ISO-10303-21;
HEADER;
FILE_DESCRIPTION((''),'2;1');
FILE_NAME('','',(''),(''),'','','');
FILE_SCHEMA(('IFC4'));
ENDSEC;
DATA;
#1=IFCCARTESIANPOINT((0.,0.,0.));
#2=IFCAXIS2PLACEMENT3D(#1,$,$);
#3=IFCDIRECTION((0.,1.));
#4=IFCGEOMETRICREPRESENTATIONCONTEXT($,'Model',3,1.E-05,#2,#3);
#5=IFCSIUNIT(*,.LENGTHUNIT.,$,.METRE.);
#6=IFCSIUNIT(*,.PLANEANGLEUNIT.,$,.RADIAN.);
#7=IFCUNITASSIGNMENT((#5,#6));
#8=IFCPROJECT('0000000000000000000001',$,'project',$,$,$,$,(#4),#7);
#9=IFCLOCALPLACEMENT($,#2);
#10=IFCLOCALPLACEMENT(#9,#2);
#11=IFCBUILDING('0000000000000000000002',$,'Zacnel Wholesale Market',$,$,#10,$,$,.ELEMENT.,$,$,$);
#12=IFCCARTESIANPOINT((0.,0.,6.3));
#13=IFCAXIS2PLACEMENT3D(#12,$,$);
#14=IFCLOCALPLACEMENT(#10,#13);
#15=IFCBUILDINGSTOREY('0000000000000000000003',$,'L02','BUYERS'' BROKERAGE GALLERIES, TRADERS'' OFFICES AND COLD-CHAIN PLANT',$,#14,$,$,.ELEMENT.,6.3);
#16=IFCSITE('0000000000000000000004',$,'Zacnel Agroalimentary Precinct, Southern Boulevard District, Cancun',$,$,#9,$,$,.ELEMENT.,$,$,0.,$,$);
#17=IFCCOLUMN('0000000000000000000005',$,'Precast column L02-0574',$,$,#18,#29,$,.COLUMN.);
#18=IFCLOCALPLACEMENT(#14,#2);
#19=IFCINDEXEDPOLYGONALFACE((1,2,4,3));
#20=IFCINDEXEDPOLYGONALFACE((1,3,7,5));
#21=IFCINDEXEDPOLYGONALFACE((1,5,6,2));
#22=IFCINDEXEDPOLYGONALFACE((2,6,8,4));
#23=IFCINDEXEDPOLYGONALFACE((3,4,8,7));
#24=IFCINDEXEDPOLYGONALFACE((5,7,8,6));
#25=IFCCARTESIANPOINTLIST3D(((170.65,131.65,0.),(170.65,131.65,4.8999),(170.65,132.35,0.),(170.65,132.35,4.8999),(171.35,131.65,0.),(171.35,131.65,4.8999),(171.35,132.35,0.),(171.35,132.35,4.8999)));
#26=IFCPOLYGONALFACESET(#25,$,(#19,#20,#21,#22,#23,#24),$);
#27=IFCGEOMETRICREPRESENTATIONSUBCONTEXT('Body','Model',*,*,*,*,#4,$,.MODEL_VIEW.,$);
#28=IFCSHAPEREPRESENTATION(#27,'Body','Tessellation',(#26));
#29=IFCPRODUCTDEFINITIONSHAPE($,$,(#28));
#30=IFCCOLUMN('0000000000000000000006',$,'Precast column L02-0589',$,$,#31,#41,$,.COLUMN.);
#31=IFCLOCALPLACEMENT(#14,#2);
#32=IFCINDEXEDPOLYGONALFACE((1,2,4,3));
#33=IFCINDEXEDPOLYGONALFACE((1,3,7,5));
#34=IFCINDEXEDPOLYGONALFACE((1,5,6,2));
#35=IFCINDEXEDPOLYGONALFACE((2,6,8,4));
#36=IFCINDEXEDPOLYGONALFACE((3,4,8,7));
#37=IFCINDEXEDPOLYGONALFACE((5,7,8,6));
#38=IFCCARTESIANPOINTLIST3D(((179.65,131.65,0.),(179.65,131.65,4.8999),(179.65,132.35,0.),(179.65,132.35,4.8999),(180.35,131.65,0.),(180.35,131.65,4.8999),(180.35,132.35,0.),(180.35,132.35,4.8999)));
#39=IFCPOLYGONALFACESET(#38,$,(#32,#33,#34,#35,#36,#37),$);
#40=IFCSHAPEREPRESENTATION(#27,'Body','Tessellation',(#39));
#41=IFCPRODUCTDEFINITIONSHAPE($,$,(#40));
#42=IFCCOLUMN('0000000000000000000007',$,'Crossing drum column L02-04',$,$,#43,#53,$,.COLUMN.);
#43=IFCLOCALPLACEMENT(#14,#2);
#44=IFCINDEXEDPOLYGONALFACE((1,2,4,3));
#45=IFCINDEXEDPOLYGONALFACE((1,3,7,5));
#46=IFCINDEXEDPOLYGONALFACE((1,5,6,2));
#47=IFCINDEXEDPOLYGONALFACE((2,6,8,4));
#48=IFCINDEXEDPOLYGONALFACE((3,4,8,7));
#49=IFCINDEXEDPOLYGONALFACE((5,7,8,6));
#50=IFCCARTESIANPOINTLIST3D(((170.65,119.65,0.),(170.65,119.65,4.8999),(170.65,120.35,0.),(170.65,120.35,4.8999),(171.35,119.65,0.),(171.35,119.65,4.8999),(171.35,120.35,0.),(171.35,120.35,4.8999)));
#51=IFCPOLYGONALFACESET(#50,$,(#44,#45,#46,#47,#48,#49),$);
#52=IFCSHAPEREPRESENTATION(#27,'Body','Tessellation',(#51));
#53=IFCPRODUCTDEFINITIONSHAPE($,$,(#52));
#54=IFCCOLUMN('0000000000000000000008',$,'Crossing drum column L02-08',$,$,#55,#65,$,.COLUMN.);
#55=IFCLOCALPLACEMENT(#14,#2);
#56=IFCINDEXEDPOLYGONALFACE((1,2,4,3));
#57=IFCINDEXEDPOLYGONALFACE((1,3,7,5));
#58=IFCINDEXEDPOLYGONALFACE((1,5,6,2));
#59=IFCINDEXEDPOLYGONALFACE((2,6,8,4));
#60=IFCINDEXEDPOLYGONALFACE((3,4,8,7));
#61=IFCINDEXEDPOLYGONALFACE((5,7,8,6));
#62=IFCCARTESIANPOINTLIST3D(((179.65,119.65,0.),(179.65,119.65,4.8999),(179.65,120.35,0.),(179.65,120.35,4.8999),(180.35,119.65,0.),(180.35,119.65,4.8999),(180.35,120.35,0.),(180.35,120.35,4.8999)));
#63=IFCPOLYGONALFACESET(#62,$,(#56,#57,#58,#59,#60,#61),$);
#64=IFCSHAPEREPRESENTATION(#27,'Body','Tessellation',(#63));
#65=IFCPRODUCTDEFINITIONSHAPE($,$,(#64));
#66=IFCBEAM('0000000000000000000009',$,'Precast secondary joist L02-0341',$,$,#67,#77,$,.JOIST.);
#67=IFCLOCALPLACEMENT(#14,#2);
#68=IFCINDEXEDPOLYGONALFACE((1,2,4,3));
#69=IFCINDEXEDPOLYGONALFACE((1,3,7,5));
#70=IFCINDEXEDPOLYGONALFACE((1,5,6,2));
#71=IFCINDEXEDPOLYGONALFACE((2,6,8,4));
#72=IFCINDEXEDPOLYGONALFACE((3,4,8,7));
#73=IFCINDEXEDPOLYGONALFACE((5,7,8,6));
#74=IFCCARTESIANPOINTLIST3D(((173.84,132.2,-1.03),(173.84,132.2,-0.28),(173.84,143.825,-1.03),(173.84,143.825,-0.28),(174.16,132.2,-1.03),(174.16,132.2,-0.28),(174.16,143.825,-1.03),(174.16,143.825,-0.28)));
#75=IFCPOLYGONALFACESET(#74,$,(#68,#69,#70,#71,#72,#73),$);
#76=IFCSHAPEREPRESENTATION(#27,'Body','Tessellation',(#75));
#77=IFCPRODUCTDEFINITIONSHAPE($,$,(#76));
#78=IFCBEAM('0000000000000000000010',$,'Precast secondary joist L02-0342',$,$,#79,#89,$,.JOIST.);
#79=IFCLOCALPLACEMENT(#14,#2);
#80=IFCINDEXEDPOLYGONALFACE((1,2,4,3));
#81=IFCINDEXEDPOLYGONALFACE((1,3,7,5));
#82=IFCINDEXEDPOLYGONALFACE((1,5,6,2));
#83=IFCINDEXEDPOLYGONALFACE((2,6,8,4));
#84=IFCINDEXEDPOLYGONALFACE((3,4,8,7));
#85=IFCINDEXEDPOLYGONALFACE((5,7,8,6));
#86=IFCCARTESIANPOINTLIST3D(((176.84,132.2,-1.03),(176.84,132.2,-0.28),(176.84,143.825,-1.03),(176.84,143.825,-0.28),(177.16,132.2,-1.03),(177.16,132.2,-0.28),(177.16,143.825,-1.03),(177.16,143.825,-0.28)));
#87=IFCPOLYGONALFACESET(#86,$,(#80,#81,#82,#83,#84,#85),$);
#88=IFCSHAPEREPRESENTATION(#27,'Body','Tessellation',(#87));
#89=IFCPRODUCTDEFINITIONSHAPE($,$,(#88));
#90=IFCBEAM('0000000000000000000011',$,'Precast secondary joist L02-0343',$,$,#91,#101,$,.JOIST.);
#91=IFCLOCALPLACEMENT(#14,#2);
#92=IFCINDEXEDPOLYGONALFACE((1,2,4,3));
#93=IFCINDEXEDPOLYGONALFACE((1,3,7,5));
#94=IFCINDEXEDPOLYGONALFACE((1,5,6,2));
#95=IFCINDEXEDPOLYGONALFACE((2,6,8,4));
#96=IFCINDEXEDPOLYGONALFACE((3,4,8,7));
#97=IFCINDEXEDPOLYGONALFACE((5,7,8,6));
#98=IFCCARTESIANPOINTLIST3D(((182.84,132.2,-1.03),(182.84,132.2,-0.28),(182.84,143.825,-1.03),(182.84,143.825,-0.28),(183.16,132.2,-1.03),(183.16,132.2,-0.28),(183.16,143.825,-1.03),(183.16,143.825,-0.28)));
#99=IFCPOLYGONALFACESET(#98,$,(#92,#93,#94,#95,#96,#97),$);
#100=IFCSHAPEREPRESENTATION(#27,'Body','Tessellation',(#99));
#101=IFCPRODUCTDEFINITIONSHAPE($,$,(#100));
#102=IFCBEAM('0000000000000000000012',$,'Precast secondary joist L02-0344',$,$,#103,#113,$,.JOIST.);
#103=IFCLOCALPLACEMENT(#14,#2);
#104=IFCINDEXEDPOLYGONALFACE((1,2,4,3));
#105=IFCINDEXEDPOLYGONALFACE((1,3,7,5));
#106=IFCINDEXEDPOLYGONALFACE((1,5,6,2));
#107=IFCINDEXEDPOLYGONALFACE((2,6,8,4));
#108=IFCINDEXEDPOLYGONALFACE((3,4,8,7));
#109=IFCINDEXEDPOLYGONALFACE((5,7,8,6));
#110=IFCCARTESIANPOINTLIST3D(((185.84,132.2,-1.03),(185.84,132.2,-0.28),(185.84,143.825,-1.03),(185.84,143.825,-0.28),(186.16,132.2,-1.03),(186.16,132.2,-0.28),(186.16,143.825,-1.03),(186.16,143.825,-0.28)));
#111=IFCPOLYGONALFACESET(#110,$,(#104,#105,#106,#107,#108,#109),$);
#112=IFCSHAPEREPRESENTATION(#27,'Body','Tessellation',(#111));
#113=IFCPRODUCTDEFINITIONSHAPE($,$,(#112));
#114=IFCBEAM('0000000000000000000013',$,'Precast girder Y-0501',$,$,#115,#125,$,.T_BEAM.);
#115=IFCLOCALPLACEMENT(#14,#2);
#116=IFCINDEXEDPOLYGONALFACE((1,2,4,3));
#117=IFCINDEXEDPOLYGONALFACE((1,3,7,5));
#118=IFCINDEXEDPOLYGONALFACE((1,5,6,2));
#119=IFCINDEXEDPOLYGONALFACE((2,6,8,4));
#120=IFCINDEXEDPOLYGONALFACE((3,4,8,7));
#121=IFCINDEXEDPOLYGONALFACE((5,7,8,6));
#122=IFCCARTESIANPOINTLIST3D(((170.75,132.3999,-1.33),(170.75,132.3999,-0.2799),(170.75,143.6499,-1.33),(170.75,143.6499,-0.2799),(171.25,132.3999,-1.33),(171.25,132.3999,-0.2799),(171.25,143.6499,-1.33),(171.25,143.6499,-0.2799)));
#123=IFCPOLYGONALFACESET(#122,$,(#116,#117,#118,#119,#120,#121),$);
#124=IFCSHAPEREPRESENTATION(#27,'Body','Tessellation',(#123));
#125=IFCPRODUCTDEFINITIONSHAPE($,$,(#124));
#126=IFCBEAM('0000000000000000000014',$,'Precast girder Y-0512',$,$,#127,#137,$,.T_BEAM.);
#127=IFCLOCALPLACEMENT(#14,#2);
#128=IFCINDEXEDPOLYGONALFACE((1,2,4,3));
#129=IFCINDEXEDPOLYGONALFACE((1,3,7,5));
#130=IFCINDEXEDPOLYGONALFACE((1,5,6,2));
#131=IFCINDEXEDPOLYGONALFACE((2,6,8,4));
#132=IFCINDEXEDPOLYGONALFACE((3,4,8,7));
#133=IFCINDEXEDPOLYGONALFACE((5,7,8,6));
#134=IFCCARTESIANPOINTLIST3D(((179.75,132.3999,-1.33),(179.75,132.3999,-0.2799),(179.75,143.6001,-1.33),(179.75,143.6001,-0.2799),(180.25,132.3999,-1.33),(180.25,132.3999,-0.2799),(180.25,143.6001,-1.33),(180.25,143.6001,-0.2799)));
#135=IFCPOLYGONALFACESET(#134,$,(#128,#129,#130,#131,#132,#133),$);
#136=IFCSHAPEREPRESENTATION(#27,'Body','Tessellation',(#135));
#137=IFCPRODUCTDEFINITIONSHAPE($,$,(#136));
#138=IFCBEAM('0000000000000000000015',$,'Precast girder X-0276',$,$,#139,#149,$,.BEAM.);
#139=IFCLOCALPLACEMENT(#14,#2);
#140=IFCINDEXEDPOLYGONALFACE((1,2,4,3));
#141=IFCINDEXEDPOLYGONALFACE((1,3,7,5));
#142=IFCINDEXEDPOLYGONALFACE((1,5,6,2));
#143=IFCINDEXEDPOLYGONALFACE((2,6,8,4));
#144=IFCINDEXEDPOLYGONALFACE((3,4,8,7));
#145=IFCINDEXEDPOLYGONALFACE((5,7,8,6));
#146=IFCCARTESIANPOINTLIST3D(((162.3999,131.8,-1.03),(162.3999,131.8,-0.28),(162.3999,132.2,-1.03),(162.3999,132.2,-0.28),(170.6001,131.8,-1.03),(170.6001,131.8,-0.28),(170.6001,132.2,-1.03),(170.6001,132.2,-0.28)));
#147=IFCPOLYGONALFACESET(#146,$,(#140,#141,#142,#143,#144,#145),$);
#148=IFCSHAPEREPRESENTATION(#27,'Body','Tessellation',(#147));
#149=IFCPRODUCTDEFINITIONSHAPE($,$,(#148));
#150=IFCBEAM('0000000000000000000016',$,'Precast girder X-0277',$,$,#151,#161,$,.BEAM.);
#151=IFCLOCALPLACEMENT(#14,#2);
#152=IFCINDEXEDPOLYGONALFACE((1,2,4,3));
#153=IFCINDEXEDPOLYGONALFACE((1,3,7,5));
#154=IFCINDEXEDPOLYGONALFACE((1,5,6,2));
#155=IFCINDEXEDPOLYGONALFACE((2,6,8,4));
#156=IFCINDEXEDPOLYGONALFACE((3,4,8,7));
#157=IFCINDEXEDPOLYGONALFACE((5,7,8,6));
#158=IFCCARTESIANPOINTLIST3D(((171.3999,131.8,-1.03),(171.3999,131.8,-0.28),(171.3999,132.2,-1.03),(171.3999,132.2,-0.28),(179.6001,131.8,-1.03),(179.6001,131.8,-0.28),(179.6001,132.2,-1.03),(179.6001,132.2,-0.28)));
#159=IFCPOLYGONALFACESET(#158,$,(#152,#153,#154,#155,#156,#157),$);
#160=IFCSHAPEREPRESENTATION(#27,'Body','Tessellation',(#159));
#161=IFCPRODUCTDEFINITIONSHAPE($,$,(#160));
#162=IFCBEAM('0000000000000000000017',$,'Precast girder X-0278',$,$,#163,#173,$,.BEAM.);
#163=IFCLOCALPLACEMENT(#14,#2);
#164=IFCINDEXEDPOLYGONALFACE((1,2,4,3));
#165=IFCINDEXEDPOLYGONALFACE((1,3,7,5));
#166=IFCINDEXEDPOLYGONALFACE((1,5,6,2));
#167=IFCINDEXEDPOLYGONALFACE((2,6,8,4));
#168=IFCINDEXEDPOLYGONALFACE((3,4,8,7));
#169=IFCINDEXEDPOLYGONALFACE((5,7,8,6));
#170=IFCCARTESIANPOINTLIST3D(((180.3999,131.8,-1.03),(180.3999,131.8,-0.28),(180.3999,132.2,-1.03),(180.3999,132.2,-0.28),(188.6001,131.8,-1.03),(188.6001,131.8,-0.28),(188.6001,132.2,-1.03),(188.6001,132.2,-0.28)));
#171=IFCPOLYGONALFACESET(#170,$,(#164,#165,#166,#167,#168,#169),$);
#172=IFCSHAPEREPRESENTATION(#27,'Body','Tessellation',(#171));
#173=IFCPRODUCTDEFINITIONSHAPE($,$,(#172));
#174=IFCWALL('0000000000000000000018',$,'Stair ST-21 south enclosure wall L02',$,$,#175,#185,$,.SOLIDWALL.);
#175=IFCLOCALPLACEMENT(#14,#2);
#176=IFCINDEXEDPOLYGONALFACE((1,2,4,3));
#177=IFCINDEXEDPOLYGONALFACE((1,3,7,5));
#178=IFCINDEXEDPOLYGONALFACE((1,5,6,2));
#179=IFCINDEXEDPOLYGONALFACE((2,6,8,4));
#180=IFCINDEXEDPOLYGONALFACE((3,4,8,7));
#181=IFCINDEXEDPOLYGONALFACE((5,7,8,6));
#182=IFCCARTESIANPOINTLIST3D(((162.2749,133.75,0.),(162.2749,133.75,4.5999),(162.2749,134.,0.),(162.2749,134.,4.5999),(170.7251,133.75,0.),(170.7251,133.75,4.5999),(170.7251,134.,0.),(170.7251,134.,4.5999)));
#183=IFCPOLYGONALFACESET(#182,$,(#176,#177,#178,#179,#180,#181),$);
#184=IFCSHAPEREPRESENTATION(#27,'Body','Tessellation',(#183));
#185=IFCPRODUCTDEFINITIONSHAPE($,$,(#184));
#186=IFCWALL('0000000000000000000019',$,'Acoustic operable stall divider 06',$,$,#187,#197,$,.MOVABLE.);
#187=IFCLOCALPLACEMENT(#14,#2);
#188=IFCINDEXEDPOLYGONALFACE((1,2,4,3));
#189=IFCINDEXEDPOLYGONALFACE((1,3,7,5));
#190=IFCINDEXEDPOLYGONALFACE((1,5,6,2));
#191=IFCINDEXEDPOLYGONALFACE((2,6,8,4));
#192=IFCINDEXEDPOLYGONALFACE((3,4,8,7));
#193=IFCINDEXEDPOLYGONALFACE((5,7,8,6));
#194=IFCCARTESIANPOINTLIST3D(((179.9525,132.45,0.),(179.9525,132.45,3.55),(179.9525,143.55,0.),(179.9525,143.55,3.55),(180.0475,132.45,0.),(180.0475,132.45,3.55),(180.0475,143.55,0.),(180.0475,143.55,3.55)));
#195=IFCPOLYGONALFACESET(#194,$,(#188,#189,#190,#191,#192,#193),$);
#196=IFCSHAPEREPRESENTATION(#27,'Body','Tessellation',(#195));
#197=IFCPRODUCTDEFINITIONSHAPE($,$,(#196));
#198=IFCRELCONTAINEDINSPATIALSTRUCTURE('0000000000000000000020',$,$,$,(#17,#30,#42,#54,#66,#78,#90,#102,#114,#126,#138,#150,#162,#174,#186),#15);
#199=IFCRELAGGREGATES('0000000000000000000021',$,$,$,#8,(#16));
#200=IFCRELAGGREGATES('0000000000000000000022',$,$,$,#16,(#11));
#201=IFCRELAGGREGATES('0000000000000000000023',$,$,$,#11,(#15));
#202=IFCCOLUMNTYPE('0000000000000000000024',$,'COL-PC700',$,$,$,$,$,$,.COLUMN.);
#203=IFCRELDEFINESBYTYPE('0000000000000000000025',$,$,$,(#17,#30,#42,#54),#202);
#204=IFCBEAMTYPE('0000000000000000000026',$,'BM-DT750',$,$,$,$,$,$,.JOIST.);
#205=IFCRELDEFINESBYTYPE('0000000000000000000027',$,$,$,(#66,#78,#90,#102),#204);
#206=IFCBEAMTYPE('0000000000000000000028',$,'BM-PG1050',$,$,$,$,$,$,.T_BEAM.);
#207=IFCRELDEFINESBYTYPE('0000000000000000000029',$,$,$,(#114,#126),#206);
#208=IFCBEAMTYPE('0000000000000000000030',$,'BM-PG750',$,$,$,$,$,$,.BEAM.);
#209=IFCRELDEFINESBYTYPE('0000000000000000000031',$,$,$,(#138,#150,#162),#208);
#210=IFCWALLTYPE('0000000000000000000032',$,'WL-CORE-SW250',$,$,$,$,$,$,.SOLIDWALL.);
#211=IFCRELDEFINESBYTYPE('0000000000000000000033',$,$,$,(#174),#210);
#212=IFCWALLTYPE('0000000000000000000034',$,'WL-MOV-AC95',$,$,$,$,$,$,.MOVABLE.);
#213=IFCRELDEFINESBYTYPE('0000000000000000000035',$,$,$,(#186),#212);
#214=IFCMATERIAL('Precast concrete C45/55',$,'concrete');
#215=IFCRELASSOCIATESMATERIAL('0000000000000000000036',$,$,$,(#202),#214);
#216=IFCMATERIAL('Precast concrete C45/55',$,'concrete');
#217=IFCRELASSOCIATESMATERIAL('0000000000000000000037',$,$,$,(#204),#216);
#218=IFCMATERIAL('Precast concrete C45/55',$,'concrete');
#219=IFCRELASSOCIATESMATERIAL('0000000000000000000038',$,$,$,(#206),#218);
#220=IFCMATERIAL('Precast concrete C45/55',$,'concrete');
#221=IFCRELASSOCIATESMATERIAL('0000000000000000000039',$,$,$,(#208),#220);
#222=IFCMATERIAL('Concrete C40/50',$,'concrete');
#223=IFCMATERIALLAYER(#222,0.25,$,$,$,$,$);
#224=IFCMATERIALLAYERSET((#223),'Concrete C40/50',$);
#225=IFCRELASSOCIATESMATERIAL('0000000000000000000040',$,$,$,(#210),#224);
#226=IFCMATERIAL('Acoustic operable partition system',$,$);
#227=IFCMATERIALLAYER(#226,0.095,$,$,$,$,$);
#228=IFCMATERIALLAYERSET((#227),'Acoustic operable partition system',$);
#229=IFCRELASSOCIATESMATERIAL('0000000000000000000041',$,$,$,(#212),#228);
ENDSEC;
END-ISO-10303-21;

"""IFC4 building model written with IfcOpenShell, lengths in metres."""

from ifc_helpers import new_model, si_unit, direction, frame, frame_2d, origin, origin_2d, place, context, subcontext, project, spatial, rectangle, extrude, material, layer, layer_set, material_profile, profile_set, type_object, element, save


model = new_model("IFC4")

# Units and contexts
model_context = context("Model", 3, precision=1e-05, world=origin(), true_north=direction((0.0, 1.0)))
body_context = subcontext(model_context, "Body", "Model", "MODEL_VIEW")
ifc_project = project(units=[si_unit("LENGTHUNIT", "METRE"), si_unit("PLANEANGLEUNIT", "RADIAN")], contexts=[model_context])

# Site, building, storey
site_placement = place(None, origin())
site = spatial("IfcSite", under=ifc_project, at=site_placement, Name="Zacnel Agroalimentary Precinct, Southern Boulevard District, Cancun", CompositionType="ELEMENT", RefElevation=0.0)
building_placement = place(site_placement, origin())
building = spatial("IfcBuilding", under=site, at=building_placement, Name="Zacnel Wholesale Market", CompositionType="ELEMENT")
storey_placement = place(building_placement, frame((0.0, 0.0, 6.3)))
storey = spatial("IfcBuildingStorey", under=building, at=storey_placement, Name="L02", Description="BUYERS' BROKERAGE GALLERIES, TRADERS' OFFICES AND COLD-CHAIN PLANT", CompositionType="ELEMENT", Elevation=6.3)

# Columns
ifc_material_1 = material(Name="Precast concrete C45/55", Category="concrete")
ifc_material_profile_1 = material_profile(ifc_material_1, rectangle(XDim=0.7, YDim=0.7, at=origin_2d()), Name="PC 700x700")
ifc_profile_set_1 = profile_set([ifc_material_profile_1], Name="Precast concrete C45/55")
column_type = type_object("IfcColumnType", Name="COL-PC700", PredefinedType="COLUMN", material=ifc_profile_set_1)
for number, where, z_axis, x_axis, name in (
    (1, (171.0, 132.0, 0.0), (0.0, 0.0, 1.0), (1.0, 0.0, 0.0), "Precast column L02-0574"),
    (2, (180.0, 132.0, 0.0), (0.0, 0.0, 1.0), (1.0, 0.0, 0.0), "Precast column L02-0589"),
    (3, (171.0, 120.0, 0.0), (0.0, 0.0, 1.0), (1.0, 0.0, 0.0), "Crossing drum column L02-04"),
    (4, (180.0, 120.0, 0.0), (0.0, 0.0, 1.0), (1.0, 0.0, 0.0), "Crossing drum column L02-08"),
):
    element("IfcColumn", number, at=place(storey_placement, frame(where, z_axis=z_axis, x_axis=x_axis)), inside=storey, type_object=column_type, Name=name, PredefinedType="COLUMN", context=body_context, shape_type="SweptSolid", body=[
        extrude(rectangle(XDim=0.7, YDim=0.7, at=origin_2d()), origin(), (0.0, 0.0, 1.0), 4.8999),
    ])

# Beams
ifc_material_2 = material(Name="Precast concrete C45/55", Category="concrete")
ifc_material_profile_2 = material_profile(ifc_material_2, rectangle(XDim=0.3201, YDim=0.75, at=origin_2d()), Name="DT RIB 320x750")
ifc_profile_set_2 = profile_set([ifc_material_profile_2], Name="Precast concrete C45/55")
beam_type_1 = type_object("IfcBeamType", Name="BM-DT750", PredefinedType="JOIST", material=ifc_profile_set_2)
for number, where, z_axis, x_axis, name in (
    (5, (174.0, 132.2, -0.655), (0.0, 1.0, 0.0), (-1.0, 0.0, 0.0), "Precast secondary joist L02-0341"),
    (6, (177.0, 132.2, -0.655), (0.0, 1.0, 0.0), (-1.0, 0.0, 0.0), "Precast secondary joist L02-0342"),
    (7, (183.0, 132.2, -0.655), (0.0, 1.0, 0.0), (-1.0, 0.0, 0.0), "Precast secondary joist L02-0343"),
    (8, (186.0, 132.2, -0.655), (0.0, 1.0, 0.0), (-1.0, 0.0, 0.0), "Precast secondary joist L02-0344"),
):
    element("IfcBeam", number, at=place(storey_placement, frame(where, z_axis=z_axis, x_axis=x_axis)), inside=storey, type_object=beam_type_1, Name=name, PredefinedType="JOIST", context=body_context, shape_type="SweptSolid", body=[
        extrude(rectangle(XDim=0.3201, YDim=0.75, at=origin_2d()), origin(), (0.0, 0.0, 1.0), 11.625),
    ])
ifc_material_3 = material(Name="Precast concrete C45/55", Category="concrete")
ifc_material_profile_3 = material_profile(ifc_material_3, rectangle(XDim=0.5, YDim=1.05, at=origin_2d()), Name="PG 500x1050")
ifc_profile_set_3 = profile_set([ifc_material_profile_3], Name="Precast concrete C45/55")
beam_type_2 = type_object("IfcBeamType", Name="BM-PG1050", PredefinedType="T_BEAM", material=ifc_profile_set_3)
beam_1_placement = place(storey_placement, frame((171.0, 132.3999, -0.8049), z_axis=(0.0, 1.0, 0.0), x_axis=(-1.0, 0.0, 0.0)))
element("IfcBeam", 9, at=beam_1_placement, inside=storey, type_object=beam_type_2, Name="Precast girder Y-0501", PredefinedType="T_BEAM", context=body_context, shape_type="SweptSolid", body=[
    extrude(rectangle(XDim=0.5, YDim=1.05, at=origin_2d()), origin(), (0.0, 0.0, 1.0), 11.25),
])
beam_2_placement = place(storey_placement, frame((180.0, 132.3999, -0.8049), z_axis=(0.0, 1.0, 0.0), x_axis=(-1.0, 0.0, 0.0)))
element("IfcBeam", 10, at=beam_2_placement, inside=storey, type_object=beam_type_2, Name="Precast girder Y-0512", PredefinedType="T_BEAM", context=body_context, shape_type="SweptSolid", body=[
    extrude(rectangle(XDim=0.5, YDim=1.05, at=origin_2d()), origin(), (0.0, 0.0, 1.0), 11.2002),
])
ifc_material_4 = material(Name="Precast concrete C45/55", Category="concrete")
ifc_material_profile_4 = material_profile(ifc_material_4, rectangle(XDim=0.3999, YDim=0.75, at=origin_2d()), Name="PG 400x750")
ifc_profile_set_4 = profile_set([ifc_material_profile_4], Name="Precast concrete C45/55")
beam_type_3 = type_object("IfcBeamType", Name="BM-PG750", PredefinedType="BEAM", material=ifc_profile_set_4)
for number, where, z_axis, x_axis, name in (
    (11, (162.3999, 132.0, -0.655), (1.0, 0.0, 0.0), (0.0, 1.0, 0.0), "Precast girder X-0276"),
    (12, (171.3999, 132.0, -0.655), (1.0, 0.0, 0.0), (0.0, 1.0, 0.0), "Precast girder X-0277"),
    (13, (180.3999, 132.0, -0.655), (1.0, 0.0, 0.0), (0.0, 1.0, 0.0), "Precast girder X-0278"),
):
    element("IfcBeam", number, at=place(storey_placement, frame(where, z_axis=z_axis, x_axis=x_axis)), inside=storey, type_object=beam_type_3, Name=name, PredefinedType="BEAM", context=body_context, shape_type="SweptSolid", body=[
        extrude(rectangle(XDim=0.3999, YDim=0.75, at=origin_2d()), origin(), (0.0, 0.0, 1.0), 8.2002),
    ])

# Walls
ifc_material_5 = material(Name="Concrete C40/50", Category="concrete")
ifc_layer_1 = layer(ifc_material_5, 0.25)
ifc_layer_set_1 = layer_set([ifc_layer_1], Name="Concrete C40/50")
wall_type_1 = type_object("IfcWallType", Name="WL-CORE-SW250", PredefinedType="SOLIDWALL", material=ifc_layer_set_1)
wall_1_placement = place(storey_placement, frame((162.2749, 133.875, 0.0), z_axis=(0.0, 0.0, 1.0), x_axis=(1.0, 0.0, 0.0)))
element("IfcWall", 14, at=wall_1_placement, inside=storey, type_object=wall_type_1, Name="Stair ST-21 south enclosure wall L02", PredefinedType="SOLIDWALL", context=body_context, shape_type="SweptSolid", body=[
    extrude(rectangle(XDim=8.4502, YDim=0.25, at=frame_2d((4.2251, 0.0))), origin(), (0.0, 0.0, 1.0), 4.5999),
])
ifc_material_6 = material(Name="Acoustic operable partition system")
ifc_layer_2 = layer(ifc_material_6, 0.095)
ifc_layer_set_2 = layer_set([ifc_layer_2], Name="Acoustic operable partition system")
wall_type_2 = type_object("IfcWallType", Name="WL-MOV-AC95", PredefinedType="MOVABLE", material=ifc_layer_set_2)
wall_2_placement = place(storey_placement, frame((180.0, 132.45, 0.0), z_axis=(0.0, 0.0, 1.0), x_axis=(0.0, 1.0, 0.0)))
element("IfcWall", 15, at=wall_2_placement, inside=storey, type_object=wall_type_2, Name="Acoustic operable stall divider 06", PredefinedType="MOVABLE", context=body_context, shape_type="SweptSolid", body=[
    extrude(rectangle(XDim=11.1001, YDim=0.095, at=frame_2d((5.55, 0.0))), origin(), (0.0, 0.0, 1.0), 3.55),
])

save(model, "model.ifc")
